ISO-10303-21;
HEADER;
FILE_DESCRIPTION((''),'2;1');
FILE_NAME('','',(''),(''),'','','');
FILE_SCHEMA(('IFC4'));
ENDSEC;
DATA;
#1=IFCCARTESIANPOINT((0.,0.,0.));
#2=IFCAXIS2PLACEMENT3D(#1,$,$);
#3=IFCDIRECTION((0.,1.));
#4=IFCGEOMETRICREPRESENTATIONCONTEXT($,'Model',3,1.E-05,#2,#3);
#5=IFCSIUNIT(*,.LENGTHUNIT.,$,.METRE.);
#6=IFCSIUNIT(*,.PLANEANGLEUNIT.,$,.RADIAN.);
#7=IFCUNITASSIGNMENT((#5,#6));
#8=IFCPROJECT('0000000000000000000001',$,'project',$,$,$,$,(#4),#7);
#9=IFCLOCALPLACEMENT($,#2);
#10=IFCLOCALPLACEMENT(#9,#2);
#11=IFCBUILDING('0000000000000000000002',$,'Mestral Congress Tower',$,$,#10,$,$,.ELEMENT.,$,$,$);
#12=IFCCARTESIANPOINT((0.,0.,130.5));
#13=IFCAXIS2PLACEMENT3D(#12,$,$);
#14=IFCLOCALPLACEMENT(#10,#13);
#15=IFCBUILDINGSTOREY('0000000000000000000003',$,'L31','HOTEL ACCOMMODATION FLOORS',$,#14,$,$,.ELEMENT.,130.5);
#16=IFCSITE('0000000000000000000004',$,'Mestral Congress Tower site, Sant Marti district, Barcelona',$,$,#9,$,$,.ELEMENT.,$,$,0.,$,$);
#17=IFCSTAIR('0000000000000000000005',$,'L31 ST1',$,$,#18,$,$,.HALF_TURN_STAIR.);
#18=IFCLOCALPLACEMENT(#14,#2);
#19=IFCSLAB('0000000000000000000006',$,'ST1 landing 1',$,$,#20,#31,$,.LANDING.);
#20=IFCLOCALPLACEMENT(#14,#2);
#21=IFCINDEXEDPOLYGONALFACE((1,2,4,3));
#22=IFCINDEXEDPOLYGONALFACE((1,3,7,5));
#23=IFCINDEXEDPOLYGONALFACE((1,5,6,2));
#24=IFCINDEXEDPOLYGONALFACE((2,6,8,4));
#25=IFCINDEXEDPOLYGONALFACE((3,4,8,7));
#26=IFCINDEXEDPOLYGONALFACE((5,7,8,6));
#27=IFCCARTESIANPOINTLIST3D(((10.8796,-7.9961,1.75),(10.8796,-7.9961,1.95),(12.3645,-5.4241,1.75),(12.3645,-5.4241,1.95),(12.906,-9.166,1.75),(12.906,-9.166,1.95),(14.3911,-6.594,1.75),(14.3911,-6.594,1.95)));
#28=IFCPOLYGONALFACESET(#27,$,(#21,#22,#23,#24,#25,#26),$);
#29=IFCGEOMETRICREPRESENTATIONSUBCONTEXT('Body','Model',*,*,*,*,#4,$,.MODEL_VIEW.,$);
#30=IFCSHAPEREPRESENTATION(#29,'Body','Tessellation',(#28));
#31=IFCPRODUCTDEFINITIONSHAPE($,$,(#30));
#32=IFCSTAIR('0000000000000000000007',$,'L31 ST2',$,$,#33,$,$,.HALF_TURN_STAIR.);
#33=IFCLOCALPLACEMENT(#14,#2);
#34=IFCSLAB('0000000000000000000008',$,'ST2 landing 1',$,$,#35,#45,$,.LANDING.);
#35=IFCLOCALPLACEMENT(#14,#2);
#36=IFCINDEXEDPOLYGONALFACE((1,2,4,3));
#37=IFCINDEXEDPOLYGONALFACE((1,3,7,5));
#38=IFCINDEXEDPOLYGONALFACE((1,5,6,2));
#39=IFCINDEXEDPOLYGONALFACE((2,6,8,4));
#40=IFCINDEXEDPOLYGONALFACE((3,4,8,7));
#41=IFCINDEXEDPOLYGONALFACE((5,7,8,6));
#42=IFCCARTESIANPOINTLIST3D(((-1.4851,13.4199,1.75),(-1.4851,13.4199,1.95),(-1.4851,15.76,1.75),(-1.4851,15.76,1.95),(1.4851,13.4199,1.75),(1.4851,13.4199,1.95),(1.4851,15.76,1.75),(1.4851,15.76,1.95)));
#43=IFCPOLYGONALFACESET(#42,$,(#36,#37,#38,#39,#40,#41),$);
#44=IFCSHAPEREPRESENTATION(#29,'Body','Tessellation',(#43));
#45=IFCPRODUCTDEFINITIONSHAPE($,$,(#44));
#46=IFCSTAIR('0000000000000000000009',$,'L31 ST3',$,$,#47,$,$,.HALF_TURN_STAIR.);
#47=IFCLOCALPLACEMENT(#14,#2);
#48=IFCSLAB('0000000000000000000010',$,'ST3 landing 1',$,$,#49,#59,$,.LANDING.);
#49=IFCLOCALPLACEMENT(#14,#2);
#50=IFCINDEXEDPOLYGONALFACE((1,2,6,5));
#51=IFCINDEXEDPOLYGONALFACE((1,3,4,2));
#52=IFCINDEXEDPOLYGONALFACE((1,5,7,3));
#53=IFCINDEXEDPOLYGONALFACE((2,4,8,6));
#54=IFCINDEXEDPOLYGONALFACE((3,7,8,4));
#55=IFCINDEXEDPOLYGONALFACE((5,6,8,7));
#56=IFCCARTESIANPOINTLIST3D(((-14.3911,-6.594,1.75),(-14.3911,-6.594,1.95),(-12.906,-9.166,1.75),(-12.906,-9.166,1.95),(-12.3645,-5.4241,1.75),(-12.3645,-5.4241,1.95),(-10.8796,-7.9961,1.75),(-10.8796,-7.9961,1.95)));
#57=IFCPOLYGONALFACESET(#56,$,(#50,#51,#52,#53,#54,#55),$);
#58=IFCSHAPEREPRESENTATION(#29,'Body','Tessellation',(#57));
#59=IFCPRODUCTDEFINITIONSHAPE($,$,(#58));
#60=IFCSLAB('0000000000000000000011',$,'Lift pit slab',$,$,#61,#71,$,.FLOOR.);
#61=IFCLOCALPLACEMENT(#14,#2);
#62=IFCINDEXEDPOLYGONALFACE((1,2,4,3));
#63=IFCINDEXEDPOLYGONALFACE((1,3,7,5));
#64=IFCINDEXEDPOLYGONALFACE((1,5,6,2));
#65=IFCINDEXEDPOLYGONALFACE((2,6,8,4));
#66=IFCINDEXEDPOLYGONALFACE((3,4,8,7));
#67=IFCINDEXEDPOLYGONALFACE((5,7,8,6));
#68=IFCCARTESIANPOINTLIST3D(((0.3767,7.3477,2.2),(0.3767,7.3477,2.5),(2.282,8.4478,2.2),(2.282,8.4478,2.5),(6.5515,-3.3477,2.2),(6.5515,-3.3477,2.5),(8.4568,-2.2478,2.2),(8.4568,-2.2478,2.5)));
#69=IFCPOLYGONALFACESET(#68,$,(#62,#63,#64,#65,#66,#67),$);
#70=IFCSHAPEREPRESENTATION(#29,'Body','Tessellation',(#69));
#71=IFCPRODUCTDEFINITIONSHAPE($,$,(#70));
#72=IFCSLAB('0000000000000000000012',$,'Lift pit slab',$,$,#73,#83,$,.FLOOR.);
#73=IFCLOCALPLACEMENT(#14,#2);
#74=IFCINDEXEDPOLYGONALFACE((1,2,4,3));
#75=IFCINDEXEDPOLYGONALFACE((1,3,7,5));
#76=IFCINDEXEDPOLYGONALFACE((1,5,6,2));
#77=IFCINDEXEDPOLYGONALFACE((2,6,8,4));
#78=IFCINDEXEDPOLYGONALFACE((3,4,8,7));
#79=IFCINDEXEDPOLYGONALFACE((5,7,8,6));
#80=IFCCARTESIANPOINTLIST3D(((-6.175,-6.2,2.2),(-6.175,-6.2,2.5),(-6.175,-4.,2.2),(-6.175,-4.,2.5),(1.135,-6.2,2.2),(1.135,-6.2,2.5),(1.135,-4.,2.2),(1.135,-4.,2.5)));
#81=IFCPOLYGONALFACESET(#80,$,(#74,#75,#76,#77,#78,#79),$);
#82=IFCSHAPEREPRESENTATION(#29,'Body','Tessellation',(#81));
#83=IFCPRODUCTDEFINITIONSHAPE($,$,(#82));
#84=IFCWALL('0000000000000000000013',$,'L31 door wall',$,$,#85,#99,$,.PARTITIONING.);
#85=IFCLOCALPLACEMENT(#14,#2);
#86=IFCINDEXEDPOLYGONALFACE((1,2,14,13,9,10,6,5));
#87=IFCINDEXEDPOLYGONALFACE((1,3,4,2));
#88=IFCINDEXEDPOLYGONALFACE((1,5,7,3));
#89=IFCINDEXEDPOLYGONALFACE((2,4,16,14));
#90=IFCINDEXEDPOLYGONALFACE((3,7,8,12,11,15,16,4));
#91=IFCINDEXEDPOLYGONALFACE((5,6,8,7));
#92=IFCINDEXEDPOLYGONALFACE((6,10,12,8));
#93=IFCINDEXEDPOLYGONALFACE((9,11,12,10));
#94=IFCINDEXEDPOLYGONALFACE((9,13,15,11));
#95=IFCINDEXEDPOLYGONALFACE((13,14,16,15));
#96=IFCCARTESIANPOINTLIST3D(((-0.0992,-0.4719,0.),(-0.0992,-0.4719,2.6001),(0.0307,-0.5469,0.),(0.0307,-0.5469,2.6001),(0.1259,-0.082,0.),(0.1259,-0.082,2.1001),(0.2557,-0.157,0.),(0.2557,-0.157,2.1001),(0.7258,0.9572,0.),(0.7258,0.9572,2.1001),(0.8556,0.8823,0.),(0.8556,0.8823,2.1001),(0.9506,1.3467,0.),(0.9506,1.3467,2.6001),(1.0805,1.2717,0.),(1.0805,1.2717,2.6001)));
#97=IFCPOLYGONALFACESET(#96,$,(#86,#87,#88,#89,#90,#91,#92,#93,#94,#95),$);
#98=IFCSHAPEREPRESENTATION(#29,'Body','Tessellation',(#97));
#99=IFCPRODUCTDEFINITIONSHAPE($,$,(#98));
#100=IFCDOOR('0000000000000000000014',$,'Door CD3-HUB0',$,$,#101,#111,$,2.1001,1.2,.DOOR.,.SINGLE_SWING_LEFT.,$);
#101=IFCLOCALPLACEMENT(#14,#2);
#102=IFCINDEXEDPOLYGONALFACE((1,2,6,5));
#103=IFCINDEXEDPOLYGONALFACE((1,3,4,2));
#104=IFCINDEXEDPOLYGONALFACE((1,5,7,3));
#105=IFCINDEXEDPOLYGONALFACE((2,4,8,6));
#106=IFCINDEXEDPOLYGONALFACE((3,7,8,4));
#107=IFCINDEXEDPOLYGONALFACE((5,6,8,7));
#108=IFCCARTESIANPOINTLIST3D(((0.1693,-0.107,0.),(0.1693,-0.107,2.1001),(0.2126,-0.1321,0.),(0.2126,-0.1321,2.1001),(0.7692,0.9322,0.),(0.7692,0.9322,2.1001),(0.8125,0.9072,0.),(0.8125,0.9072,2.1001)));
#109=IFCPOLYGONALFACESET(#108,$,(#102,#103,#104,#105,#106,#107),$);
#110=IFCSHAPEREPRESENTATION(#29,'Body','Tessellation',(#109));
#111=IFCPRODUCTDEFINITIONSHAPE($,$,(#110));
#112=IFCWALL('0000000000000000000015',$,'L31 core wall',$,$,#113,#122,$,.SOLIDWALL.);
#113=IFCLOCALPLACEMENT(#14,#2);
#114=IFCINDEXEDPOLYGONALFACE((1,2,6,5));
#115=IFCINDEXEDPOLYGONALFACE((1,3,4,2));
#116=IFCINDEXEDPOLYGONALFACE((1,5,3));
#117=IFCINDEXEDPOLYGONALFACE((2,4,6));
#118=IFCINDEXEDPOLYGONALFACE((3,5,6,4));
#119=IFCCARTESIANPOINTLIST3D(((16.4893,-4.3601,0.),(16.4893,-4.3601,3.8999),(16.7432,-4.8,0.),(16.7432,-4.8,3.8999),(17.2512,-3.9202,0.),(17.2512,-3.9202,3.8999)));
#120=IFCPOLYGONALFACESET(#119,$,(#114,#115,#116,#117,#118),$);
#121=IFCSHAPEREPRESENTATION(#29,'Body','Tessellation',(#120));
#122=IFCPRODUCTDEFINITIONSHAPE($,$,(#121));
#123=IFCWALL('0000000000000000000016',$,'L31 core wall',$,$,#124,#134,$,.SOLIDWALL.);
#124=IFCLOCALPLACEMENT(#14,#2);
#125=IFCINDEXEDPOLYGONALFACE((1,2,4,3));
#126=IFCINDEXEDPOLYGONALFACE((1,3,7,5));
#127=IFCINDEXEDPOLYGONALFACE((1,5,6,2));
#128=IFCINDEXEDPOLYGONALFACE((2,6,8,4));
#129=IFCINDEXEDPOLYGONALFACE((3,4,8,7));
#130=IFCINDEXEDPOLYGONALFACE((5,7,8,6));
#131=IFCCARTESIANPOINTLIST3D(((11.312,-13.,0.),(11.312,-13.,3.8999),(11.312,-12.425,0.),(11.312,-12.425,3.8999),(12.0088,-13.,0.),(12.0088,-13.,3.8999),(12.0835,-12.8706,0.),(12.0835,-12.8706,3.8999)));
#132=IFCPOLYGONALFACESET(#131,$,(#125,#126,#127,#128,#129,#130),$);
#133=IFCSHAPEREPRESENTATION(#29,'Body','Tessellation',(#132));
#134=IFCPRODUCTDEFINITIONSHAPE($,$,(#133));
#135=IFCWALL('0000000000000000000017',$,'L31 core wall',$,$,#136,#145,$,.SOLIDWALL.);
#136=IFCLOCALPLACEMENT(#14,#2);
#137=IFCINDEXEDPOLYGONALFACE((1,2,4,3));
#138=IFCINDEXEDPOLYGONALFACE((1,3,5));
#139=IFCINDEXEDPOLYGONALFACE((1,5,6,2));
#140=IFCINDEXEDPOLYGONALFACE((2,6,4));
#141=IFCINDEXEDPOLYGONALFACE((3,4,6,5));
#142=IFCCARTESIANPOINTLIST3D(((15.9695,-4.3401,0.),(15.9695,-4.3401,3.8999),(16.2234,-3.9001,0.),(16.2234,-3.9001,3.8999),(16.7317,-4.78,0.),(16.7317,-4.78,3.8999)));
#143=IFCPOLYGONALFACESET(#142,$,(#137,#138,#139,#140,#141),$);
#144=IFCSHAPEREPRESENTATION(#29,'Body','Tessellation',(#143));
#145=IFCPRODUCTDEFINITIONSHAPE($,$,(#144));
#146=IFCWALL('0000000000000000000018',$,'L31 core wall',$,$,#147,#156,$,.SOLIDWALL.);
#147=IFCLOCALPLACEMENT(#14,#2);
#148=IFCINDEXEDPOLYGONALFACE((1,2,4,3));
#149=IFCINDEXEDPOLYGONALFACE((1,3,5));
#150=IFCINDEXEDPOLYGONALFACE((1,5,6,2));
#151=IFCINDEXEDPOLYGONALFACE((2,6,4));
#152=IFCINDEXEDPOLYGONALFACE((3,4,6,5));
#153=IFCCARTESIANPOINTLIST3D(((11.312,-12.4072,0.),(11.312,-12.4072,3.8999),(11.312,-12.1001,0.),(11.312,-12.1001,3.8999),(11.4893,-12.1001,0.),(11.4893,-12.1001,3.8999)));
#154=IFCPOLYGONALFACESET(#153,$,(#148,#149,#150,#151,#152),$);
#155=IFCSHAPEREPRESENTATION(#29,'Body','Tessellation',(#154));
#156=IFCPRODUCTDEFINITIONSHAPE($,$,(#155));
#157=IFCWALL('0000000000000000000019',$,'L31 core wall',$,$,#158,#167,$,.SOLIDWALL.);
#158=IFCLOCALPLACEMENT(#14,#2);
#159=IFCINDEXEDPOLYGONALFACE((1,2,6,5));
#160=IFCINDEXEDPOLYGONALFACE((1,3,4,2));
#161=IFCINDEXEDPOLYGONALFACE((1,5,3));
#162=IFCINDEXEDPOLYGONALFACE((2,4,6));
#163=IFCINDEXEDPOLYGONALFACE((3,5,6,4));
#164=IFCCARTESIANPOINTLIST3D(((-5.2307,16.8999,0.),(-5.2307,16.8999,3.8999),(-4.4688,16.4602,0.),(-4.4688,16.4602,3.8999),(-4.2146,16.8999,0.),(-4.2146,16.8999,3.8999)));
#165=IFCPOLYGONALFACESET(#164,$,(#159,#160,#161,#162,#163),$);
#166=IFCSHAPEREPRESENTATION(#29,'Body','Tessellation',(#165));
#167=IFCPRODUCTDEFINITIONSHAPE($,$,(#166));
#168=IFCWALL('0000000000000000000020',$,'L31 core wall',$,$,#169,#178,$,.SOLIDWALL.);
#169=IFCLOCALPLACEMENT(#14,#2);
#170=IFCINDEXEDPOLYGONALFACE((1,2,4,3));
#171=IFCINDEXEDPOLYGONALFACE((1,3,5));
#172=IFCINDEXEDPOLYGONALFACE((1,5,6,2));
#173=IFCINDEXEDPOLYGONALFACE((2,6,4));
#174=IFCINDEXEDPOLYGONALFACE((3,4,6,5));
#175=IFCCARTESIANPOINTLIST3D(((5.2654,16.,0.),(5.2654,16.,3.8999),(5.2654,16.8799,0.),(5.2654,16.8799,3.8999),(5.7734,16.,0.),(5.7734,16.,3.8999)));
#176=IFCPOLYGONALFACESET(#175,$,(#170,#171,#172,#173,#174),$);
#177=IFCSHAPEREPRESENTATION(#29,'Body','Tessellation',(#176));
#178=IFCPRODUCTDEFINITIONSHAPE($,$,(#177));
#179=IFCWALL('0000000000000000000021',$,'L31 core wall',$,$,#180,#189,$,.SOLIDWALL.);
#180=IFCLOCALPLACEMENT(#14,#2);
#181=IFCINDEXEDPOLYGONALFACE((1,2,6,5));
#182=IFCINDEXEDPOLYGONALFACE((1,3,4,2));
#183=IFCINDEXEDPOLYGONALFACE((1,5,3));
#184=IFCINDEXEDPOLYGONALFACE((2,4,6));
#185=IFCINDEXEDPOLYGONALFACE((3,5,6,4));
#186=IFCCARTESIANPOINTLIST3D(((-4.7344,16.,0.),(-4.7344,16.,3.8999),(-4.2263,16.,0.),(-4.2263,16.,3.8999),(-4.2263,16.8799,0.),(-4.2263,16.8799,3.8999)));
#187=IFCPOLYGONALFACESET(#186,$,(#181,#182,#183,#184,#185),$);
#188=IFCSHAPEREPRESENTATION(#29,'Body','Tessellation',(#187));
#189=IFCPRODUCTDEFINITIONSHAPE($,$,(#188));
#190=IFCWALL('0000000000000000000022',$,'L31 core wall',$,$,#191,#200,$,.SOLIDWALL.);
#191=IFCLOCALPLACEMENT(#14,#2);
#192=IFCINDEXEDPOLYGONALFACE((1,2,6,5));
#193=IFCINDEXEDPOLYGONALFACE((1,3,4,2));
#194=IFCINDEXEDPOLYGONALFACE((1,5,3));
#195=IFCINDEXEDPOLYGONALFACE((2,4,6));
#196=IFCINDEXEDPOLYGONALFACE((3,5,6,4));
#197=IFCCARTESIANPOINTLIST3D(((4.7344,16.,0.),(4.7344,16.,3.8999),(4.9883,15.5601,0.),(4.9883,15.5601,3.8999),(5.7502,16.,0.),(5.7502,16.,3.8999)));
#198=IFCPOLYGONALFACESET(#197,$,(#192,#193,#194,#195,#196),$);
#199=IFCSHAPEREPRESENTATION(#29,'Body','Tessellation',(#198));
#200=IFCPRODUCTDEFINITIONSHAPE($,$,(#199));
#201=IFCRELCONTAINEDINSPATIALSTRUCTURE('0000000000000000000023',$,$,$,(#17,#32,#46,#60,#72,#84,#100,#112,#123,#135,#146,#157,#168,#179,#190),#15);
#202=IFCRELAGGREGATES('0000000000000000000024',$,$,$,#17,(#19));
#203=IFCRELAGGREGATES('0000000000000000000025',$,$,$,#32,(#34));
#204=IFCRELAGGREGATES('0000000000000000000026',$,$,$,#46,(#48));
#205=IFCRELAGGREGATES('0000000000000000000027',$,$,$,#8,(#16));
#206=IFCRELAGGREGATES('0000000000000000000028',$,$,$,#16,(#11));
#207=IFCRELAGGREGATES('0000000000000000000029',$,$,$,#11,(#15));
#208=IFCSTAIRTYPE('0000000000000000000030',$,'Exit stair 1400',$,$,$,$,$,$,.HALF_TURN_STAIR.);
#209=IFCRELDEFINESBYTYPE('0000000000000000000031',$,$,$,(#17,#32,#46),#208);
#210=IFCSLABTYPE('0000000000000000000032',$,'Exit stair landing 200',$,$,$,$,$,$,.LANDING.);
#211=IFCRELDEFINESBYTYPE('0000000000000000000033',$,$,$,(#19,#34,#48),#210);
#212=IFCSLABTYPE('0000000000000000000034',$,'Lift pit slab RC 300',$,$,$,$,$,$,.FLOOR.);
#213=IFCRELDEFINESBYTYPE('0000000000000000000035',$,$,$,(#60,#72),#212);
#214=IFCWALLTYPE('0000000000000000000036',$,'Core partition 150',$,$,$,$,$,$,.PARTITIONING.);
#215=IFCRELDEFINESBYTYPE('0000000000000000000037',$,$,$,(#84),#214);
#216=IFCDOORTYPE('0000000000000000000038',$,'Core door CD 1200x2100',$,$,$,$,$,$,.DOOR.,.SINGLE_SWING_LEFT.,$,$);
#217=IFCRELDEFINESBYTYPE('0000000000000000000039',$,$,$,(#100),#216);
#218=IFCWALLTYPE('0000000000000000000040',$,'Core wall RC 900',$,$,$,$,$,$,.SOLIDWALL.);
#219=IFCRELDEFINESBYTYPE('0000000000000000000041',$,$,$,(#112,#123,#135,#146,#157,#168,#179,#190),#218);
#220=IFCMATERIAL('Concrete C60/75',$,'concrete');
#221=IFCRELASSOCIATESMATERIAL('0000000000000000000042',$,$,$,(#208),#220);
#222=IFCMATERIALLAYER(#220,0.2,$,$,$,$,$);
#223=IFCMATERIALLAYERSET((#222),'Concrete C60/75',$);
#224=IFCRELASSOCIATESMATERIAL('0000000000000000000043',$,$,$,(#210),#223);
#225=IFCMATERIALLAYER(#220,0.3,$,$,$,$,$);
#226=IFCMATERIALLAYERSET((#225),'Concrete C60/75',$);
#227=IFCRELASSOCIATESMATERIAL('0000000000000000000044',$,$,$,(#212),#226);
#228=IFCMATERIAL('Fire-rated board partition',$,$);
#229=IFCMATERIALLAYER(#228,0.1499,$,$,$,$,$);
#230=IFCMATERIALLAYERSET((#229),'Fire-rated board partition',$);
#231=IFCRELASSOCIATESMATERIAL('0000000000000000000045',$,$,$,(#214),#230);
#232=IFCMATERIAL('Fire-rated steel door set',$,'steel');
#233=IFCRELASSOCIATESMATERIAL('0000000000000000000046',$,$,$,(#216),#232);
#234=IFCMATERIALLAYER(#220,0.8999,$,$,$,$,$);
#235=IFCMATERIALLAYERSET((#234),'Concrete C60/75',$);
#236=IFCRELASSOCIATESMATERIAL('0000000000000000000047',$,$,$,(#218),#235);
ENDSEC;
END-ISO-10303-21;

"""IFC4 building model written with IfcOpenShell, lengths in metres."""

from ifc_helpers import new_model, si_unit, direction, frame, frame_2d, origin, place, context, subcontext, project, spatial, polyline, rectangle, outline, extrude, material, layer, layer_set, type_object, element, fill, aggregate, save


model = new_model("IFC4")

# Units and contexts
model_context = context("Model", 3, precision=1e-05, world=origin(), true_north=direction((0.0, 1.0)))
body_context = subcontext(model_context, "Body", "Model", "MODEL_VIEW")
ifc_project = project(units=[si_unit("LENGTHUNIT", "METRE"), si_unit("PLANEANGLEUNIT", "RADIAN")], contexts=[model_context])

# Site, building, storey
site_placement = place(None, origin())
site = spatial("IfcSite", under=ifc_project, at=site_placement, Name="Mestral Congress Tower site, Sant Marti district, Barcelona", CompositionType="ELEMENT", RefElevation=0.0)
building_placement = place(site_placement, origin())
building = spatial("IfcBuilding", under=site, at=building_placement, Name="Mestral Congress Tower", CompositionType="ELEMENT")
storey_placement = place(building_placement, frame((0.0, 0.0, 130.5)))
storey = spatial("IfcBuildingStorey", under=building, at=storey_placement, Name="L31", Description="HOTEL ACCOMMODATION FLOORS", CompositionType="ELEMENT", Elevation=130.5)

# Shared definitions
ifc_material_1 = material(Name="Concrete C60/75", Category="concrete")

# Stairs, slabs
stair_type = type_object("IfcStairType", Name="Exit stair 1400", PredefinedType="HALF_TURN_STAIR", material=ifc_material_1)
placement_1 = place(storey_placement, origin())
stair_1 = element("IfcStair", 1, at=placement_1, inside=storey, type_object=stair_type, Name="L31 ST1", PredefinedType="HALF_TURN_STAIR")
ifc_layer_1 = layer(ifc_material_1, 0.2)
ifc_layer_set_1 = layer_set([ifc_layer_1], Name="Concrete C60/75")
slab_type_1 = type_object("IfcSlabType", Name="Exit stair landing 200", PredefinedType="LANDING", material=ifc_layer_set_1)
placement_2 = place(storey_placement, frame((0.0, 0.0, 1.75)))
slab_1 = element("IfcSlab", 2, at=placement_2, type_object=slab_type_1, Name="ST1 landing 1", PredefinedType="LANDING", context=body_context, shape_type="SweptSolid", body=[
    extrude(outline(polyline([(10.8796, -7.9961), (12.3645, -5.4241), (14.3911, -6.594), (12.906, -9.166), (10.8796, -7.9961)])), origin(), (0.0, 0.0, 1.0), 0.2),
])
aggregate(stair_1, [slab_1])
stair_2 = element("IfcStair", 3, at=placement_1, inside=storey, type_object=stair_type, Name="L31 ST2", PredefinedType="HALF_TURN_STAIR")
slab_2 = element("IfcSlab", 4, at=placement_2, type_object=slab_type_1, Name="ST2 landing 1", PredefinedType="LANDING", context=body_context, shape_type="SweptSolid", body=[
    extrude(outline(polyline([(1.4851, 13.4199), (-1.4851, 13.4199), (-1.4851, 15.76), (1.4851, 15.76), (1.4851, 13.4199)])), origin(), (0.0, 0.0, 1.0), 0.2),
])
aggregate(stair_2, [slab_2])
stair_3 = element("IfcStair", 5, at=placement_1, inside=storey, type_object=stair_type, Name="L31 ST3", PredefinedType="HALF_TURN_STAIR")
slab_3 = element("IfcSlab", 6, at=placement_2, type_object=slab_type_1, Name="ST3 landing 1", PredefinedType="LANDING", context=body_context, shape_type="SweptSolid", body=[
    extrude(outline(polyline([(-12.3645, -5.4241), (-10.8796, -7.9961), (-12.906, -9.166), (-14.3911, -6.594), (-12.3645, -5.4241)])), origin(), (0.0, 0.0, 1.0), 0.2),
])
aggregate(stair_3, [slab_3])

# Slabs
ifc_layer_2 = layer(ifc_material_1, 0.3)
ifc_layer_set_2 = layer_set([ifc_layer_2], Name="Concrete C60/75")
slab_type_2 = type_object("IfcSlabType", Name="Lift pit slab RC 300", PredefinedType="FLOOR", material=ifc_layer_set_2)
placement_3 = place(storey_placement, frame((0.0, 0.0, 2.2)))
element("IfcSlab", 7, at=placement_3, inside=storey, type_object=slab_type_2, Name="Lift pit slab", PredefinedType="FLOOR", context=body_context, shape_type="SweptSolid", body=[
    extrude(outline(polyline([(8.4568, -2.2478), (2.282, 8.4478), (0.3767, 7.3477), (6.5515, -3.3477), (8.4568, -2.2478)])), origin(), (0.0, 0.0, 1.0), 0.3),
])
element("IfcSlab", 8, at=placement_3, inside=storey, type_object=slab_type_2, Name="Lift pit slab", PredefinedType="FLOOR", context=body_context, shape_type="SweptSolid", body=[
    extrude(outline(polyline([(-6.175, -6.2), (1.135, -6.2), (1.135, -4.0), (-6.175, -4.0), (-6.175, -6.2)])), origin(), (0.0, 0.0, 1.0), 0.3),
])

# Wall, opening, door
ifc_material_2 = material(Name="Fire-rated board partition")
ifc_layer_3 = layer(ifc_material_2, 0.1499)
ifc_layer_set_3 = layer_set([ifc_layer_3], Name="Fire-rated board partition")
wall_type_1 = type_object("IfcWallType", Name="Core partition 150", PredefinedType="PARTITIONING", material=ifc_layer_set_3)
wall_1_placement = place(storey_placement, frame((-0.0342, -0.5093, 0.0), z_axis=(0.0, 0.0, 1.0), x_axis=(0.499941, 0.86606, 0.0)))
wall_1 = element("IfcWall", 9, at=wall_1_placement, inside=storey, type_object=wall_type_1, Name="L31 door wall", PredefinedType="PARTITIONING", context=body_context, shape_type="SweptSolid", body=[
    extrude(rectangle(XDim=2.0999, YDim=0.1499, at=frame_2d((1.0498, 0.0))), origin(), (0.0, 0.0, 1.0), 2.6001),
])
opening_placement = place(wall_1_placement, frame((0.45, 0.0, 0.0)))
opening = element("IfcOpeningElement", 10, at=opening_placement, cuts=wall_1, PredefinedType="OPENING", context=body_context, shape_type="SweptSolid", body=[
    extrude(rectangle(XDim=1.2, YDim=2.1001, at=frame_2d((0.6001, 1.05))), frame((0.0, 0.085, 0.0), z_axis=(0.0, -1.0, 0.0), x_axis=(1.0, 0.0, 0.0)), (0.0, 0.0, 1.0), 0.1699),
])
ifc_material_3 = material(Name="Fire-rated steel door set", Category="steel")
door_type = type_object("IfcDoorType", Name="Core door CD 1200x2100", OperationType="SINGLE_SWING_LEFT", PredefinedType="DOOR", material=ifc_material_3)
door_placement = place(opening_placement, origin())
door = element("IfcDoor", 11, at=door_placement, inside=storey, type_object=door_type, Name="Door CD3-HUB0", OperationType="SINGLE_SWING_LEFT", OverallHeight=2.1001, OverallWidth=1.2, PredefinedType="DOOR", context=body_context, shape_type="SweptSolid", body=[
    extrude(rectangle(XDim=1.2, YDim=2.1001, at=frame_2d((0.6001, 1.05))), frame((0.0, 0.0249, 0.0), z_axis=(0.0, -1.0, 0.0), x_axis=(1.0, 0.0, 0.0)), (0.0, 0.0, 1.0), 0.05),
])
fill(opening, door)

# Walls
ifc_layer_4 = layer(ifc_material_1, 0.8999)
ifc_layer_set_4 = layer_set([ifc_layer_4], Name="Concrete C60/75")
wall_type_2 = type_object("IfcWallType", Name="Core wall RC 900", PredefinedType="SOLIDWALL", material=ifc_layer_set_4)
element("IfcWall", 12, at=placement_1, inside=storey, type_object=wall_type_2, Name="L31 core wall", PredefinedType="SOLIDWALL", context=body_context, shape_type="SweptSolid", body=[
    extrude(outline(polyline([(16.7432, -4.8), (16.4893, -4.3601), (17.2512, -3.9202), (16.7432, -4.8)])), origin(), (0.0, 0.0, 1.0), 3.8999),
])
element("IfcWall", 13, at=placement_1, inside=storey, type_object=wall_type_2, Name="L31 core wall", PredefinedType="SOLIDWALL", context=body_context, shape_type="SweptSolid", body=[
    extrude(outline(polyline([(12.0088, -13.0), (11.312, -13.0), (11.312, -12.425), (12.0835, -12.8706), (12.0088, -13.0)])), origin(), (0.0, 0.0, 1.0), 3.8999),
])
element("IfcWall", 14, at=placement_1, inside=storey, type_object=wall_type_2, Name="L31 core wall", PredefinedType="SOLIDWALL", context=body_context, shape_type="SweptSolid", body=[
    extrude(outline(polyline([(16.2234, -3.9001), (16.7317, -4.78), (15.9695, -4.3401), (16.2234, -3.9001)])), origin(), (0.0, 0.0, 1.0), 3.8999),
])
element("IfcWall", 15, at=placement_1, inside=storey, type_object=wall_type_2, Name="L31 core wall", PredefinedType="SOLIDWALL", context=body_context, shape_type="SweptSolid", body=[
    extrude(outline(polyline([(11.4893, -12.1001), (11.312, -12.4072), (11.312, -12.1001), (11.4893, -12.1001)])), origin(), (0.0, 0.0, 1.0), 3.8999),
])
element("IfcWall", 16, at=placement_1, inside=storey, type_object=wall_type_2, Name="L31 core wall", PredefinedType="SOLIDWALL", context=body_context, shape_type="SweptSolid", body=[
    extrude(outline(polyline([(-4.2146, 16.8999), (-4.4688, 16.4602), (-5.2307, 16.8999), (-4.2146, 16.8999)])), origin(), (0.0, 0.0, 1.0), 3.8999),
])
element("IfcWall", 17, at=placement_1, inside=storey, type_object=wall_type_2, Name="L31 core wall", PredefinedType="SOLIDWALL", context=body_context, shape_type="SweptSolid", body=[
    extrude(outline(polyline([(5.2654, 16.0), (5.2654, 16.8799), (5.7734, 16.0), (5.2654, 16.0)])), origin(), (0.0, 0.0, 1.0), 3.8999),
])
element("IfcWall", 18, at=placement_1, inside=storey, type_object=wall_type_2, Name="L31 core wall", PredefinedType="SOLIDWALL", context=body_context, shape_type="SweptSolid", body=[
    extrude(outline(polyline([(-4.7344, 16.0), (-4.2263, 16.8799), (-4.2263, 16.0), (-4.7344, 16.0)])), origin(), (0.0, 0.0, 1.0), 3.8999),
])
element("IfcWall", 19, at=placement_1, inside=storey, type_object=wall_type_2, Name="L31 core wall", PredefinedType="SOLIDWALL", context=body_context, shape_type="SweptSolid", body=[
    extrude(outline(polyline([(4.7344, 16.0), (5.7502, 16.0), (4.9883, 15.5601), (4.7344, 16.0)])), origin(), (0.0, 0.0, 1.0), 3.8999),
])

save(model, "model.ifc")
